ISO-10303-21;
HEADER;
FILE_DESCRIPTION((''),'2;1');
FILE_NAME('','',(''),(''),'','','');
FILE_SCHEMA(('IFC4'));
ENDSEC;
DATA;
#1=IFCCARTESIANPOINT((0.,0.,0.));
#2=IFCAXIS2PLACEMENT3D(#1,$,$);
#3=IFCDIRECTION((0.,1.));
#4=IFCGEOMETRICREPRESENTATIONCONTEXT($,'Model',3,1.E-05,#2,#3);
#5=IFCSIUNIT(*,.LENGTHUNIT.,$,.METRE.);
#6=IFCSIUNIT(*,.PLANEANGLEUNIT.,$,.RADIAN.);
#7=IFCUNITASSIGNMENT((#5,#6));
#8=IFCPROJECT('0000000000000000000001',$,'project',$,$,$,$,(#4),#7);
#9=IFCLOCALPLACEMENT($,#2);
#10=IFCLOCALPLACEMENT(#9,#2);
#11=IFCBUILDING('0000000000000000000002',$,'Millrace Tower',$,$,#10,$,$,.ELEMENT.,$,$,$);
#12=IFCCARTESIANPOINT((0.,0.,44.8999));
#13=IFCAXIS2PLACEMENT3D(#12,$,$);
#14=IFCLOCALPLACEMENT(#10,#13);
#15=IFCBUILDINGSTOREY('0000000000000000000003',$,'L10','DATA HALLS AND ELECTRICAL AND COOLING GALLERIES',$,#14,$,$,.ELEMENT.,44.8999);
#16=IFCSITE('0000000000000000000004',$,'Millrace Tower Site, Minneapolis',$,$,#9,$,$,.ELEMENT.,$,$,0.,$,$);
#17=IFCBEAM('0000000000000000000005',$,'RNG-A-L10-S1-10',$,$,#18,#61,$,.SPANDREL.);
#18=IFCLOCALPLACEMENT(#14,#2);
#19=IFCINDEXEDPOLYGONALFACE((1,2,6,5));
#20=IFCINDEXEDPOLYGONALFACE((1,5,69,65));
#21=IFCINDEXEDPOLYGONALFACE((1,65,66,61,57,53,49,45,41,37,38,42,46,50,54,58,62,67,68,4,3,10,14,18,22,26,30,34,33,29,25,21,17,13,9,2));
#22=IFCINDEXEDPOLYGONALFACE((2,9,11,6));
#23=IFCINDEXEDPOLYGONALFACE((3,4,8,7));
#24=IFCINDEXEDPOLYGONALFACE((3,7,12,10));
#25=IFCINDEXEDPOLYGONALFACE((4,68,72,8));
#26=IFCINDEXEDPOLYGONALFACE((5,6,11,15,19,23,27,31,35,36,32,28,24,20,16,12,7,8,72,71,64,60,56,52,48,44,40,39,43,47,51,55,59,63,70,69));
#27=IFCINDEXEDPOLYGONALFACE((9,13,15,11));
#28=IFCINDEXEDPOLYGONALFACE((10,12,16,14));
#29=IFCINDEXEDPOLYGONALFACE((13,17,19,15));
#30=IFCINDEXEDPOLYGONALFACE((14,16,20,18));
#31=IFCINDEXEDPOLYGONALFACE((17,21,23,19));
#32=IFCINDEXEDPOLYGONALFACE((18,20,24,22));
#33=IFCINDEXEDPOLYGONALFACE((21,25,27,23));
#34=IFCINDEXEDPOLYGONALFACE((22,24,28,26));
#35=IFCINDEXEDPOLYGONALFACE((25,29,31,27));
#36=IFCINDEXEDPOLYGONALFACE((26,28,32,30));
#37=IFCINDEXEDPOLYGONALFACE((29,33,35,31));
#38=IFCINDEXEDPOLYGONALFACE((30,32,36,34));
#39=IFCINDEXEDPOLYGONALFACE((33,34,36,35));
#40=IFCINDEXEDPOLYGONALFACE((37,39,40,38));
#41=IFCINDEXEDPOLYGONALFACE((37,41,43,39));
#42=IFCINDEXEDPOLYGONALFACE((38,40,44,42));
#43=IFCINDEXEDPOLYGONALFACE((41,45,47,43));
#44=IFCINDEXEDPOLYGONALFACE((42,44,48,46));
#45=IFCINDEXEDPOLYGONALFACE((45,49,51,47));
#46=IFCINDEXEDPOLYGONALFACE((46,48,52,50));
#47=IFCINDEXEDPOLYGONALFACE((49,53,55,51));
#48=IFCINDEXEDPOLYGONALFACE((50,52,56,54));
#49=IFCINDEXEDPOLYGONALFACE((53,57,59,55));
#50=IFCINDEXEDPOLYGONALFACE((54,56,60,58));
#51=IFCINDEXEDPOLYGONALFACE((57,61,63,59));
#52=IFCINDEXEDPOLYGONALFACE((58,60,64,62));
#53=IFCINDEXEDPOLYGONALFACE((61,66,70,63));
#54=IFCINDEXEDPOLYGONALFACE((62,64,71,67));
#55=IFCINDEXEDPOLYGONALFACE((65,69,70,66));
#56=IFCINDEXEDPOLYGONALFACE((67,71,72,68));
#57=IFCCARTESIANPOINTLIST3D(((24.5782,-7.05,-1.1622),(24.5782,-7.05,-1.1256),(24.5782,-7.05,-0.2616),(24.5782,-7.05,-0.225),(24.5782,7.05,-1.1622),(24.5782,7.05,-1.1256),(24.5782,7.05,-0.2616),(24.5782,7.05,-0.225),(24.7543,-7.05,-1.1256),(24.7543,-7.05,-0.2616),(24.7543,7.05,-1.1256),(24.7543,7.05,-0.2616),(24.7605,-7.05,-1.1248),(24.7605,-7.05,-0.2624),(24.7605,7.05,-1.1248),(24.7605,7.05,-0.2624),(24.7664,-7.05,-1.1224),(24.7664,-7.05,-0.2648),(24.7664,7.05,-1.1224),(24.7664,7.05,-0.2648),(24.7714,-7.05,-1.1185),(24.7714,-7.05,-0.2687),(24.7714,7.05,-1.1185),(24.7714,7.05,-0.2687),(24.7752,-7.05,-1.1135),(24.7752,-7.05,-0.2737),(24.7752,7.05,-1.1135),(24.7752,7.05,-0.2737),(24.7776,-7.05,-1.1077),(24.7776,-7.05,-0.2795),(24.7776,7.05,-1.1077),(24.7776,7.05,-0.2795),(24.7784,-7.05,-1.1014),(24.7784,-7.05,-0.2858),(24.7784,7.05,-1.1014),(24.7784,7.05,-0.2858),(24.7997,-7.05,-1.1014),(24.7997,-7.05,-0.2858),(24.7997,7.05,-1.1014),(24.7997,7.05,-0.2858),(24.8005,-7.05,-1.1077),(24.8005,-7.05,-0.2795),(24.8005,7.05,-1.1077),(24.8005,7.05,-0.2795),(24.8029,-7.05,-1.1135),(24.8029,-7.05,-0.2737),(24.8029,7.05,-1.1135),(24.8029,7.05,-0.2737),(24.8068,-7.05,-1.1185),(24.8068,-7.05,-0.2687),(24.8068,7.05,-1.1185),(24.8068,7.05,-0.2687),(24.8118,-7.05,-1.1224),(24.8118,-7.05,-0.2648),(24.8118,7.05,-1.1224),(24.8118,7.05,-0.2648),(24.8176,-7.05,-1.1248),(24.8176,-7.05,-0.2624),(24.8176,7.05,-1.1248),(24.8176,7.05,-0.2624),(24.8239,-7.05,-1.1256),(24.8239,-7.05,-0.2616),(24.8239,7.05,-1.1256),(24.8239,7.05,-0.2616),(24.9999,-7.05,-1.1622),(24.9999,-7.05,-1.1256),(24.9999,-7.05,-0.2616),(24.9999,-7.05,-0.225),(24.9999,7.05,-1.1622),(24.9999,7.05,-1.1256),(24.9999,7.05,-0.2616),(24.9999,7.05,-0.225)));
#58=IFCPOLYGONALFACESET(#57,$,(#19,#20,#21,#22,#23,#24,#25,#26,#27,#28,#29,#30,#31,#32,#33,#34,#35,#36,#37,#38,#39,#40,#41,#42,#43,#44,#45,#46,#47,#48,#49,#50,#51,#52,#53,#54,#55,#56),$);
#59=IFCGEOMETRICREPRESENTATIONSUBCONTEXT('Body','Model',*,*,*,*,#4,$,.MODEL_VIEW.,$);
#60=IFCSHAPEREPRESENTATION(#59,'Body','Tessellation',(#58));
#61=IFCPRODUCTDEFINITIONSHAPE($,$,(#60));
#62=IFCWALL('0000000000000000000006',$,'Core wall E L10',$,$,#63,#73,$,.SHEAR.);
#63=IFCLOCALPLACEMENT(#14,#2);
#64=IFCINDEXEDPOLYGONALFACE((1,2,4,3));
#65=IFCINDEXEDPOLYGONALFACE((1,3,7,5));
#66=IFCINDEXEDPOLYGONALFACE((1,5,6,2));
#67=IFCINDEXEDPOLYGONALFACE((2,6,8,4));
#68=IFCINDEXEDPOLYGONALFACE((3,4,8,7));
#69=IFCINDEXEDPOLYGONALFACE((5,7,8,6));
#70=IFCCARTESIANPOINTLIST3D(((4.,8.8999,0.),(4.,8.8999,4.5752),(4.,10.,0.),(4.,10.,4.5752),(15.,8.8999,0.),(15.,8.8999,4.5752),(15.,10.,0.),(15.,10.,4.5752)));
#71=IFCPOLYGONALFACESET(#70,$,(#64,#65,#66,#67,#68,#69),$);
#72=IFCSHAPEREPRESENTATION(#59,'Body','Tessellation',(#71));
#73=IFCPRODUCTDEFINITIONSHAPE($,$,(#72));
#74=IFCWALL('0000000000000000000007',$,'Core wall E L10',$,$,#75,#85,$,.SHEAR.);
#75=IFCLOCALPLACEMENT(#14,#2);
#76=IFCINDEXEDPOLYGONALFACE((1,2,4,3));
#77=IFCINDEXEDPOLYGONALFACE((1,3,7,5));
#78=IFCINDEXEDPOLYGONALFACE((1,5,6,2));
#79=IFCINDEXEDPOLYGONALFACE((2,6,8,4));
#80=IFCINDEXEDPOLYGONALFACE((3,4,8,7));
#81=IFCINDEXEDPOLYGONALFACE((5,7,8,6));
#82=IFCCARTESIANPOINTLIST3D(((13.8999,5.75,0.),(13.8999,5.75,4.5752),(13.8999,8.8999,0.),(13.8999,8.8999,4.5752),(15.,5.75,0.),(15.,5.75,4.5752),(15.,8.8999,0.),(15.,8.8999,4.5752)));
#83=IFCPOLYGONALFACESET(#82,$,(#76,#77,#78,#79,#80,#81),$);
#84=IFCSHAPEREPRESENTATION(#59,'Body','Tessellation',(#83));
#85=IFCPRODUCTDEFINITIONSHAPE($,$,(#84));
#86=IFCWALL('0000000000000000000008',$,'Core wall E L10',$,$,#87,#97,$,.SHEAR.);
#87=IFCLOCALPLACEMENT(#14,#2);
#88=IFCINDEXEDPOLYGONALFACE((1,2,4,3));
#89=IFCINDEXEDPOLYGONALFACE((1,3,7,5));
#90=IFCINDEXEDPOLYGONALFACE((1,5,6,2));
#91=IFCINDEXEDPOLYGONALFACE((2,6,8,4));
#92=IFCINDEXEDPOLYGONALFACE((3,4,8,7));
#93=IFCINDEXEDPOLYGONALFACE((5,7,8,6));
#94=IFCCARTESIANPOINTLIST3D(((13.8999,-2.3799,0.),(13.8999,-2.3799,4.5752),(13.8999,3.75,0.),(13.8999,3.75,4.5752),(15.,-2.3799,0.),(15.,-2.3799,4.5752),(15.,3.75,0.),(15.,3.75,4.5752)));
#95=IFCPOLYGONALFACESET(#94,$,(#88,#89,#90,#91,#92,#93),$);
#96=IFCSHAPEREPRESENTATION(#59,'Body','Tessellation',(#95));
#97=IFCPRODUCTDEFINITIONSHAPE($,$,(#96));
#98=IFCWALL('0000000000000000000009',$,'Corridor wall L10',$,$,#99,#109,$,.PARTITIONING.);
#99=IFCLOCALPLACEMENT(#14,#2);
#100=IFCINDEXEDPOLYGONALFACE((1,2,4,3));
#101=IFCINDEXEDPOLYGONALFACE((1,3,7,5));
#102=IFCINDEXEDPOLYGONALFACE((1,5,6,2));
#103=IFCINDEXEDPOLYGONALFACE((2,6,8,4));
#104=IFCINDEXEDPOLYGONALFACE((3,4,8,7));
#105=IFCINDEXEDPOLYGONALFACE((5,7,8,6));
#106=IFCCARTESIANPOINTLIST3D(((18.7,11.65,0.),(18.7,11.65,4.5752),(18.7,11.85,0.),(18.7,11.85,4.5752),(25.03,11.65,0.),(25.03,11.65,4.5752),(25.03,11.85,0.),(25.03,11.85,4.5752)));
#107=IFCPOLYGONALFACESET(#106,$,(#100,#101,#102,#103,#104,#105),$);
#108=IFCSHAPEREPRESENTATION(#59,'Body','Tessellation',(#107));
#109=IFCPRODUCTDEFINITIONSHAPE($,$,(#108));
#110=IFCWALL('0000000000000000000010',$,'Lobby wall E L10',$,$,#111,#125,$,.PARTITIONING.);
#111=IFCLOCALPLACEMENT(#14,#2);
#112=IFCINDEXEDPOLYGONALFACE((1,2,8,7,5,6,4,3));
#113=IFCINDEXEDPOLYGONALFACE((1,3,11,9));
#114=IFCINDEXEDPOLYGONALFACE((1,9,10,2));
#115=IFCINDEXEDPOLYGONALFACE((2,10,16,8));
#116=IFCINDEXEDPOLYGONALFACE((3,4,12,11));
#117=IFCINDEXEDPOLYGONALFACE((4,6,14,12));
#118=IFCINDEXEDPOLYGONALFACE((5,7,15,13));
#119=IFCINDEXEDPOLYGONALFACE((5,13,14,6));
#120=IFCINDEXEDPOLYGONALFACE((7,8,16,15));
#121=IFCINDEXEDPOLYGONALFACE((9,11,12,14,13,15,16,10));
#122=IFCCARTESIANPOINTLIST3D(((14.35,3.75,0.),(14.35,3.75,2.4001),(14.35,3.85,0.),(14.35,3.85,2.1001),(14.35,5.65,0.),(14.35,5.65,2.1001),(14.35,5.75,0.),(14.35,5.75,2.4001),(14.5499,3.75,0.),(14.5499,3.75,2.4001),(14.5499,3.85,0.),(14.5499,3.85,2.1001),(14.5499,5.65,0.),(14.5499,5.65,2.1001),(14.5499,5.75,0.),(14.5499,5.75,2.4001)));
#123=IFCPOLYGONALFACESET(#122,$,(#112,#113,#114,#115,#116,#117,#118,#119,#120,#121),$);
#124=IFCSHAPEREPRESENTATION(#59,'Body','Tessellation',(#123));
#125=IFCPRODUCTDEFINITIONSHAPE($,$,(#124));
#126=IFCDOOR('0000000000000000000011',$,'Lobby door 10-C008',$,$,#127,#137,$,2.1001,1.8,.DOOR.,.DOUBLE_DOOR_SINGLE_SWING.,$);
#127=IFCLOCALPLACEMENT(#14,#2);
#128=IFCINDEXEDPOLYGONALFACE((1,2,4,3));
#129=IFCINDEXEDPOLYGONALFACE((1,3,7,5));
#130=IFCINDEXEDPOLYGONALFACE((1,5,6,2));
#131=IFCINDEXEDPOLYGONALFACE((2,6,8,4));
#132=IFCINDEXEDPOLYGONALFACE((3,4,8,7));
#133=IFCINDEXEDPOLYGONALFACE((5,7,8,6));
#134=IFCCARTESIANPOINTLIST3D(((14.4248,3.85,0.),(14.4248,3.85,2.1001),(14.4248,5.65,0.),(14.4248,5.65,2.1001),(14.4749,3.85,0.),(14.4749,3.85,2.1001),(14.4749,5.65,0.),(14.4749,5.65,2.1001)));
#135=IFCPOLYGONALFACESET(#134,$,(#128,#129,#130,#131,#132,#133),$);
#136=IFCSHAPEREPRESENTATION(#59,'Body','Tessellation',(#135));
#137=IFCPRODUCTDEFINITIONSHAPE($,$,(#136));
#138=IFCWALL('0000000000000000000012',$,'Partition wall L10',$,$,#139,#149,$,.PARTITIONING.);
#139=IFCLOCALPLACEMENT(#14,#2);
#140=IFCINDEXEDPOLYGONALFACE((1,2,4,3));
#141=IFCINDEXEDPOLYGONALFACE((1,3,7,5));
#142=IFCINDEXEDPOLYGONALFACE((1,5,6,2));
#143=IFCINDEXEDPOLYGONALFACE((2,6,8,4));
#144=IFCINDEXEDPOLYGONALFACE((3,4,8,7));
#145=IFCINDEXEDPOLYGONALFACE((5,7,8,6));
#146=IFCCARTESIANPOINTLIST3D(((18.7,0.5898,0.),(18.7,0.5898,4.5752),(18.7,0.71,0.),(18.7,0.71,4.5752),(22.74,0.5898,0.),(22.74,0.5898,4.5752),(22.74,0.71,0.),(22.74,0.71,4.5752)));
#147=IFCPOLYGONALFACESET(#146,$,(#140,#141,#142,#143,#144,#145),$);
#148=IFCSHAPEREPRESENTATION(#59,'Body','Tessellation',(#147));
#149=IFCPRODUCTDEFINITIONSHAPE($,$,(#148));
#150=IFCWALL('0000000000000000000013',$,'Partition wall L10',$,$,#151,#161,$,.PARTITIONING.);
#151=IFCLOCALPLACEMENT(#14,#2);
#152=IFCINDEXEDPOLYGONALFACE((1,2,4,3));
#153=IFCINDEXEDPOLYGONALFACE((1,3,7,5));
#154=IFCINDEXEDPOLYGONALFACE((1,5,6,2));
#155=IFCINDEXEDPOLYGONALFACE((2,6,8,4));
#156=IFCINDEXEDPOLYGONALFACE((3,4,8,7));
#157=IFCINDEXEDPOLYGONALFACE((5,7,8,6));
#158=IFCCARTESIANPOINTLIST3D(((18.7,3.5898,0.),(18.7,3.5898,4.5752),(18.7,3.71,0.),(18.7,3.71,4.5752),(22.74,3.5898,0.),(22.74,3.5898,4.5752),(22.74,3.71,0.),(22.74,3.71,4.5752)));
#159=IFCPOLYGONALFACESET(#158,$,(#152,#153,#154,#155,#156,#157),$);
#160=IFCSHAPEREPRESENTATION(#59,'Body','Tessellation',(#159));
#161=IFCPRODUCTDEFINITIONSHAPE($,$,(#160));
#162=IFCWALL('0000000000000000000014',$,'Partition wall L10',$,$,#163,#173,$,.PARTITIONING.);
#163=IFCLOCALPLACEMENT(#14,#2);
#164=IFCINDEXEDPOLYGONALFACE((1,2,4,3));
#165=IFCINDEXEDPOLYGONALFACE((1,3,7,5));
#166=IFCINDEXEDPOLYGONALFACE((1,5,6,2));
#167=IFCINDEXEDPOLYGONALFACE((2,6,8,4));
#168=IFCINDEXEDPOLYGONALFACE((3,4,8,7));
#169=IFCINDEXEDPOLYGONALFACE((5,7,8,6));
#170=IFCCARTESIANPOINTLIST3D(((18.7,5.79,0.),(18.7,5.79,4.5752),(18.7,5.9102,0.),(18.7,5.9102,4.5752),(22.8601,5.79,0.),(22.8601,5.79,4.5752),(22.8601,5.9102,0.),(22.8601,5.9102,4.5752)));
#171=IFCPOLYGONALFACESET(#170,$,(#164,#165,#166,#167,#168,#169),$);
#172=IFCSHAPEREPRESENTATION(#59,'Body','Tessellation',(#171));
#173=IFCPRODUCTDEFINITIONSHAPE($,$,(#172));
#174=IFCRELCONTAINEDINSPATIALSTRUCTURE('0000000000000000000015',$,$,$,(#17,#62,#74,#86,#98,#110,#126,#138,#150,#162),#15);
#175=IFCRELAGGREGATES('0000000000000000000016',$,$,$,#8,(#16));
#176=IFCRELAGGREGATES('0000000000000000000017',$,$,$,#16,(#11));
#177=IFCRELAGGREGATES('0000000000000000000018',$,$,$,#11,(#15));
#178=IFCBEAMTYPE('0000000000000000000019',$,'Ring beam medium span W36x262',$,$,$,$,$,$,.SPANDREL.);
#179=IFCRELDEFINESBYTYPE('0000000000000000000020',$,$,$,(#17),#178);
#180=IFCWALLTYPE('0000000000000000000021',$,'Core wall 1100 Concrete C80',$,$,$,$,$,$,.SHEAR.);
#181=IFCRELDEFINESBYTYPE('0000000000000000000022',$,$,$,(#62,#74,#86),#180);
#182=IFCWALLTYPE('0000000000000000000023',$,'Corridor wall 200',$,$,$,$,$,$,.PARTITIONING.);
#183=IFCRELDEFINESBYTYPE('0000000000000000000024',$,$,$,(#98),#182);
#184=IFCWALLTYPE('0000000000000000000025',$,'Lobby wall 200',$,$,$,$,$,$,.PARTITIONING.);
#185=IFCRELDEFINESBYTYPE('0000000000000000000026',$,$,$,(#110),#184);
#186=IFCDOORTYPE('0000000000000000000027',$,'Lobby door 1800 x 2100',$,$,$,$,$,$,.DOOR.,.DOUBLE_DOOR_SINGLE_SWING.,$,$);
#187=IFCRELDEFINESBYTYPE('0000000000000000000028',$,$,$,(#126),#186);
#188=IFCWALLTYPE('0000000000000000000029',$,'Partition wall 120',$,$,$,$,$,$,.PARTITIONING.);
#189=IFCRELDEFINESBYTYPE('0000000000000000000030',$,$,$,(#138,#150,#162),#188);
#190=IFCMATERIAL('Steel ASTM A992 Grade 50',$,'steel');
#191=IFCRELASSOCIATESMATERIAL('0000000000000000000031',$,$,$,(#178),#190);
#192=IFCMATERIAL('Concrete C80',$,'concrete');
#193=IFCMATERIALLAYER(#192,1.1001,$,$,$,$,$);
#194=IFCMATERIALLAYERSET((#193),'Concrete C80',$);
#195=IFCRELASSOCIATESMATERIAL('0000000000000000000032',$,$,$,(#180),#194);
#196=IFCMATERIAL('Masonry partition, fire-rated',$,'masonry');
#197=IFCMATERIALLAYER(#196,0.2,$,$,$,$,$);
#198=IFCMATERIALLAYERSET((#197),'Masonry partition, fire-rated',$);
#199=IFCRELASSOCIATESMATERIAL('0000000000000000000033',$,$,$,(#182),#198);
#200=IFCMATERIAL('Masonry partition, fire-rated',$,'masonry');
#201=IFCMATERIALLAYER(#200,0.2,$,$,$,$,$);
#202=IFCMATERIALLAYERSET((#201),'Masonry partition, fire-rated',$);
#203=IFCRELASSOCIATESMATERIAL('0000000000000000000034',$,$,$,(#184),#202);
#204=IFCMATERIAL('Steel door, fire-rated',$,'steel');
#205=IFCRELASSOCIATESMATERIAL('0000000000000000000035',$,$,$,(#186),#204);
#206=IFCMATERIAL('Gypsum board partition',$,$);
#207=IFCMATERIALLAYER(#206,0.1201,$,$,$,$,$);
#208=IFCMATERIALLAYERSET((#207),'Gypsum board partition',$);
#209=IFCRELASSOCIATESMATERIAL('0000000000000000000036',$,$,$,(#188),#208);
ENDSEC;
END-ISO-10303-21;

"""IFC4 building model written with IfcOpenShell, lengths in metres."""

from ifc_helpers import new_model, si_unit, direction, frame, frame_2d, origin, origin_2d, place, context, subcontext, project, spatial, rectangle, i_section, extrude, material, layer, layer_set, material_profile, profile_set, type_object, element, fill, save


model = new_model("IFC4")

# Units and contexts
model_context = context("Model", 3, precision=1e-05, world=origin(), true_north=direction((0.0, 1.0)))
body_context = subcontext(model_context, "Body", "Model", "MODEL_VIEW")
ifc_project = project(units=[si_unit("LENGTHUNIT", "METRE"), si_unit("PLANEANGLEUNIT", "RADIAN")], contexts=[model_context])

# Site, building, storey
site_placement = place(None, origin())
site = spatial("IfcSite", under=ifc_project, at=site_placement, Name="Millrace Tower Site, Minneapolis", CompositionType="ELEMENT", RefElevation=0.0)
building_placement = place(site_placement, origin())
building = spatial("IfcBuilding", under=site, at=building_placement, Name="Millrace Tower", CompositionType="ELEMENT")
storey_placement = place(building_placement, frame((0.0, 0.0, 44.8999)))
storey = spatial("IfcBuildingStorey", under=building, at=storey_placement, Name="L10", Description="DATA HALLS AND ELECTRICAL AND COOLING GALLERIES", CompositionType="ELEMENT", Elevation=44.8999)

# Beam
ifc_material_1 = material(Name="Steel ASTM A992 Grade 50", Category="steel")
ifc_material_profile_1 = material_profile(ifc_material_1, i_section(OverallWidth=0.4216, OverallDepth=0.9373, WebThickness=0.0212, FlangeThickness=0.0366, FilletRadius=0.0242, at=origin_2d()))
ifc_profile_set_1 = profile_set([ifc_material_profile_1], Name="Steel ASTM A992 Grade 50")
beam_type_1 = type_object("IfcBeamType", Name="Ring beam medium span W36x262", PredefinedType="SPANDREL", material=ifc_profile_set_1)
beam_1_placement = place(storey_placement, frame((24.7891, 7.05, -0.6936), z_axis=(0.0, -1.0, 0.0), x_axis=(1.0, 0.0, 0.0)))
element("IfcBeam", 1, at=beam_1_placement, inside=storey, type_object=beam_type_1, Name="RNG-A-L10-S1-10", PredefinedType="SPANDREL", context=body_context, shape_type="SweptSolid", body=[
    extrude(i_section(OverallWidth=0.4216, OverallDepth=0.9373, WebThickness=0.0212, FlangeThickness=0.0366, FilletRadius=0.0242, at=origin_2d()), origin(), (0.0, 0.0, 1.0), 14.1001),
])

# Walls
ifc_material_2 = material(Name="Concrete C80", Category="concrete")
ifc_layer_1 = layer(ifc_material_2, 1.1001)
ifc_layer_set_1 = layer_set([ifc_layer_1], Name="Concrete C80")
wall_type_1 = type_object("IfcWallType", Name="Core wall 1100 Concrete C80", PredefinedType="SHEAR", material=ifc_layer_set_1)
wall_1_placement = place(storey_placement, frame((15.0, 9.45, 0.0), z_axis=(0.0, 0.0, 1.0), x_axis=(-1.0, 0.0, 0.0)))
element("IfcWall", 2, at=wall_1_placement, inside=storey, type_object=wall_type_1, Name="Core wall E L10", PredefinedType="SHEAR", context=body_context, shape_type="SweptSolid", body=[
    extrude(rectangle(XDim=11.0, YDim=1.1001, at=frame_2d((5.5, 0.0))), origin(), (0.0, 0.0, 1.0), 4.5752),
])
wall_2_placement = place(storey_placement, frame((14.45, 8.8999, 0.0), z_axis=(0.0, 0.0, 1.0), x_axis=(0.0, -1.0, 0.0)))
element("IfcWall", 3, at=wall_2_placement, inside=storey, type_object=wall_type_1, Name="Core wall E L10", PredefinedType="SHEAR", context=body_context, shape_type="SweptSolid", body=[
    extrude(rectangle(XDim=3.1499, YDim=1.1001, at=frame_2d((1.575, 0.0))), origin(), (0.0, 0.0, 1.0), 4.5752),
])
wall_3_placement = place(storey_placement, frame((14.45, 3.75, 0.0), z_axis=(0.0, 0.0, 1.0), x_axis=(0.0, -1.0, 0.0)))
element("IfcWall", 4, at=wall_3_placement, inside=storey, type_object=wall_type_1, Name="Core wall E L10", PredefinedType="SHEAR", context=body_context, shape_type="SweptSolid", body=[
    extrude(rectangle(XDim=6.1299, YDim=1.1001, at=frame_2d((3.0649, 0.0))), origin(), (0.0, 0.0, 1.0), 4.5752),
])
ifc_material_3 = material(Name="Masonry partition, fire-rated", Category="masonry")
ifc_layer_2 = layer(ifc_material_3, 0.2)
ifc_layer_set_2 = layer_set([ifc_layer_2], Name="Masonry partition, fire-rated")
wall_type_2 = type_object("IfcWallType", Name="Corridor wall 200", PredefinedType="PARTITIONING", material=ifc_layer_set_2)
wall_4_placement = place(storey_placement, frame((18.7, 11.75, 0.0), z_axis=(0.0, 0.0, 1.0), x_axis=(1.0, 0.0, 0.0)))
element("IfcWall", 5, at=wall_4_placement, inside=storey, type_object=wall_type_2, Name="Corridor wall L10", PredefinedType="PARTITIONING", context=body_context, shape_type="SweptSolid", body=[
    extrude(rectangle(XDim=6.3301, YDim=0.2, at=frame_2d((3.165, 0.0))), origin(), (0.0, 0.0, 1.0), 4.5752),
])

# Wall, opening, door
ifc_material_4 = material(Name="Masonry partition, fire-rated", Category="masonry")
ifc_layer_3 = layer(ifc_material_4, 0.2)
ifc_layer_set_3 = layer_set([ifc_layer_3], Name="Masonry partition, fire-rated")
wall_type_3 = type_object("IfcWallType", Name="Lobby wall 200", PredefinedType="PARTITIONING", material=ifc_layer_set_3)
wall_5_placement = place(storey_placement, frame((14.45, 5.75, 0.0), z_axis=(0.0, 0.0, 1.0), x_axis=(0.0, -1.0, 0.0)))
wall_5 = element("IfcWall", 6, at=wall_5_placement, inside=storey, type_object=wall_type_3, Name="Lobby wall E L10", PredefinedType="PARTITIONING", context=body_context, shape_type="SweptSolid", body=[
    extrude(rectangle(XDim=2.0, YDim=0.2, at=frame_2d((1.0, 0.0))), origin(), (0.0, 0.0, 1.0), 2.4001),
])
opening_placement = place(wall_5_placement, frame((0.1001, 0.0, 0.0)))
opening = element("IfcOpeningElement", 7, at=opening_placement, cuts=wall_5, PredefinedType="OPENING", context=body_context, shape_type="SweptSolid", body=[
    extrude(rectangle(XDim=1.8, YDim=2.1001, at=frame_2d((0.8999, 1.05))), frame((0.0, 0.1099, 0.0), z_axis=(0.0, -1.0, 0.0), x_axis=(1.0, 0.0, 0.0)), (0.0, 0.0, 1.0), 0.22),
])
ifc_material_5 = material(Name="Steel door, fire-rated", Category="steel")
door_type = type_object("IfcDoorType", Name="Lobby door 1800 x 2100", OperationType="DOUBLE_DOOR_SINGLE_SWING", PredefinedType="DOOR", material=ifc_material_5)
door_placement = place(opening_placement, origin())
door = element("IfcDoor", 8, at=door_placement, inside=storey, type_object=door_type, Name="Lobby door 10-C008", OperationType="DOUBLE_DOOR_SINGLE_SWING", OverallHeight=2.1001, OverallWidth=1.8, PredefinedType="DOOR", context=body_context, shape_type="SweptSolid", body=[
    extrude(rectangle(XDim=1.8, YDim=2.1001, at=frame_2d((0.8999, 1.05))), frame((0.0, 0.0249, 0.0), z_axis=(0.0, -1.0, 0.0), x_axis=(1.0, 0.0, 0.0)), (0.0, 0.0, 1.0), 0.05),
])
fill(opening, door)

# Walls
ifc_material_6 = material(Name="Gypsum board partition")
ifc_layer_4 = layer(ifc_material_6, 0.1201)
ifc_layer_set_4 = layer_set([ifc_layer_4], Name="Gypsum board partition")
wall_type_4 = type_object("IfcWallType", Name="Partition wall 120", PredefinedType="PARTITIONING", material=ifc_layer_set_4)
for number, where, z_axis, x_axis, name in (
    (9, (18.7, 0.6499, 0.0), (0.0, 0.0, 1.0), (1.0, 0.0, 0.0), "Partition wall L10"),
    (10, (18.7, 3.6499, 0.0), (0.0, 0.0, 1.0), (1.0, 0.0, 0.0), "Partition wall L10"),
):
    element("IfcWall", number, at=place(storey_placement, frame(where, z_axis=z_axis, x_axis=x_axis)), inside=storey, type_object=wall_type_4, Name=name, PredefinedType="PARTITIONING", context=body_context, shape_type="SweptSolid", body=[
        extrude(rectangle(XDim=4.04, YDim=0.1201, at=frame_2d((2.02, 0.0))), origin(), (0.0, 0.0, 1.0), 4.5752),
    ])
wall_6_placement = place(storey_placement, frame((18.7, 5.8501, 0.0), z_axis=(0.0, 0.0, 1.0), x_axis=(1.0, 0.0, 0.0)))
element("IfcWall", 11, at=wall_6_placement, inside=storey, type_object=wall_type_4, Name="Partition wall L10", PredefinedType="PARTITIONING", context=body_context, shape_type="SweptSolid", body=[
    extrude(rectangle(XDim=4.1602, YDim=0.1201, at=frame_2d((2.0801, 0.0))), origin(), (0.0, 0.0, 1.0), 4.5752),
])

save(model, "model.ifc")
